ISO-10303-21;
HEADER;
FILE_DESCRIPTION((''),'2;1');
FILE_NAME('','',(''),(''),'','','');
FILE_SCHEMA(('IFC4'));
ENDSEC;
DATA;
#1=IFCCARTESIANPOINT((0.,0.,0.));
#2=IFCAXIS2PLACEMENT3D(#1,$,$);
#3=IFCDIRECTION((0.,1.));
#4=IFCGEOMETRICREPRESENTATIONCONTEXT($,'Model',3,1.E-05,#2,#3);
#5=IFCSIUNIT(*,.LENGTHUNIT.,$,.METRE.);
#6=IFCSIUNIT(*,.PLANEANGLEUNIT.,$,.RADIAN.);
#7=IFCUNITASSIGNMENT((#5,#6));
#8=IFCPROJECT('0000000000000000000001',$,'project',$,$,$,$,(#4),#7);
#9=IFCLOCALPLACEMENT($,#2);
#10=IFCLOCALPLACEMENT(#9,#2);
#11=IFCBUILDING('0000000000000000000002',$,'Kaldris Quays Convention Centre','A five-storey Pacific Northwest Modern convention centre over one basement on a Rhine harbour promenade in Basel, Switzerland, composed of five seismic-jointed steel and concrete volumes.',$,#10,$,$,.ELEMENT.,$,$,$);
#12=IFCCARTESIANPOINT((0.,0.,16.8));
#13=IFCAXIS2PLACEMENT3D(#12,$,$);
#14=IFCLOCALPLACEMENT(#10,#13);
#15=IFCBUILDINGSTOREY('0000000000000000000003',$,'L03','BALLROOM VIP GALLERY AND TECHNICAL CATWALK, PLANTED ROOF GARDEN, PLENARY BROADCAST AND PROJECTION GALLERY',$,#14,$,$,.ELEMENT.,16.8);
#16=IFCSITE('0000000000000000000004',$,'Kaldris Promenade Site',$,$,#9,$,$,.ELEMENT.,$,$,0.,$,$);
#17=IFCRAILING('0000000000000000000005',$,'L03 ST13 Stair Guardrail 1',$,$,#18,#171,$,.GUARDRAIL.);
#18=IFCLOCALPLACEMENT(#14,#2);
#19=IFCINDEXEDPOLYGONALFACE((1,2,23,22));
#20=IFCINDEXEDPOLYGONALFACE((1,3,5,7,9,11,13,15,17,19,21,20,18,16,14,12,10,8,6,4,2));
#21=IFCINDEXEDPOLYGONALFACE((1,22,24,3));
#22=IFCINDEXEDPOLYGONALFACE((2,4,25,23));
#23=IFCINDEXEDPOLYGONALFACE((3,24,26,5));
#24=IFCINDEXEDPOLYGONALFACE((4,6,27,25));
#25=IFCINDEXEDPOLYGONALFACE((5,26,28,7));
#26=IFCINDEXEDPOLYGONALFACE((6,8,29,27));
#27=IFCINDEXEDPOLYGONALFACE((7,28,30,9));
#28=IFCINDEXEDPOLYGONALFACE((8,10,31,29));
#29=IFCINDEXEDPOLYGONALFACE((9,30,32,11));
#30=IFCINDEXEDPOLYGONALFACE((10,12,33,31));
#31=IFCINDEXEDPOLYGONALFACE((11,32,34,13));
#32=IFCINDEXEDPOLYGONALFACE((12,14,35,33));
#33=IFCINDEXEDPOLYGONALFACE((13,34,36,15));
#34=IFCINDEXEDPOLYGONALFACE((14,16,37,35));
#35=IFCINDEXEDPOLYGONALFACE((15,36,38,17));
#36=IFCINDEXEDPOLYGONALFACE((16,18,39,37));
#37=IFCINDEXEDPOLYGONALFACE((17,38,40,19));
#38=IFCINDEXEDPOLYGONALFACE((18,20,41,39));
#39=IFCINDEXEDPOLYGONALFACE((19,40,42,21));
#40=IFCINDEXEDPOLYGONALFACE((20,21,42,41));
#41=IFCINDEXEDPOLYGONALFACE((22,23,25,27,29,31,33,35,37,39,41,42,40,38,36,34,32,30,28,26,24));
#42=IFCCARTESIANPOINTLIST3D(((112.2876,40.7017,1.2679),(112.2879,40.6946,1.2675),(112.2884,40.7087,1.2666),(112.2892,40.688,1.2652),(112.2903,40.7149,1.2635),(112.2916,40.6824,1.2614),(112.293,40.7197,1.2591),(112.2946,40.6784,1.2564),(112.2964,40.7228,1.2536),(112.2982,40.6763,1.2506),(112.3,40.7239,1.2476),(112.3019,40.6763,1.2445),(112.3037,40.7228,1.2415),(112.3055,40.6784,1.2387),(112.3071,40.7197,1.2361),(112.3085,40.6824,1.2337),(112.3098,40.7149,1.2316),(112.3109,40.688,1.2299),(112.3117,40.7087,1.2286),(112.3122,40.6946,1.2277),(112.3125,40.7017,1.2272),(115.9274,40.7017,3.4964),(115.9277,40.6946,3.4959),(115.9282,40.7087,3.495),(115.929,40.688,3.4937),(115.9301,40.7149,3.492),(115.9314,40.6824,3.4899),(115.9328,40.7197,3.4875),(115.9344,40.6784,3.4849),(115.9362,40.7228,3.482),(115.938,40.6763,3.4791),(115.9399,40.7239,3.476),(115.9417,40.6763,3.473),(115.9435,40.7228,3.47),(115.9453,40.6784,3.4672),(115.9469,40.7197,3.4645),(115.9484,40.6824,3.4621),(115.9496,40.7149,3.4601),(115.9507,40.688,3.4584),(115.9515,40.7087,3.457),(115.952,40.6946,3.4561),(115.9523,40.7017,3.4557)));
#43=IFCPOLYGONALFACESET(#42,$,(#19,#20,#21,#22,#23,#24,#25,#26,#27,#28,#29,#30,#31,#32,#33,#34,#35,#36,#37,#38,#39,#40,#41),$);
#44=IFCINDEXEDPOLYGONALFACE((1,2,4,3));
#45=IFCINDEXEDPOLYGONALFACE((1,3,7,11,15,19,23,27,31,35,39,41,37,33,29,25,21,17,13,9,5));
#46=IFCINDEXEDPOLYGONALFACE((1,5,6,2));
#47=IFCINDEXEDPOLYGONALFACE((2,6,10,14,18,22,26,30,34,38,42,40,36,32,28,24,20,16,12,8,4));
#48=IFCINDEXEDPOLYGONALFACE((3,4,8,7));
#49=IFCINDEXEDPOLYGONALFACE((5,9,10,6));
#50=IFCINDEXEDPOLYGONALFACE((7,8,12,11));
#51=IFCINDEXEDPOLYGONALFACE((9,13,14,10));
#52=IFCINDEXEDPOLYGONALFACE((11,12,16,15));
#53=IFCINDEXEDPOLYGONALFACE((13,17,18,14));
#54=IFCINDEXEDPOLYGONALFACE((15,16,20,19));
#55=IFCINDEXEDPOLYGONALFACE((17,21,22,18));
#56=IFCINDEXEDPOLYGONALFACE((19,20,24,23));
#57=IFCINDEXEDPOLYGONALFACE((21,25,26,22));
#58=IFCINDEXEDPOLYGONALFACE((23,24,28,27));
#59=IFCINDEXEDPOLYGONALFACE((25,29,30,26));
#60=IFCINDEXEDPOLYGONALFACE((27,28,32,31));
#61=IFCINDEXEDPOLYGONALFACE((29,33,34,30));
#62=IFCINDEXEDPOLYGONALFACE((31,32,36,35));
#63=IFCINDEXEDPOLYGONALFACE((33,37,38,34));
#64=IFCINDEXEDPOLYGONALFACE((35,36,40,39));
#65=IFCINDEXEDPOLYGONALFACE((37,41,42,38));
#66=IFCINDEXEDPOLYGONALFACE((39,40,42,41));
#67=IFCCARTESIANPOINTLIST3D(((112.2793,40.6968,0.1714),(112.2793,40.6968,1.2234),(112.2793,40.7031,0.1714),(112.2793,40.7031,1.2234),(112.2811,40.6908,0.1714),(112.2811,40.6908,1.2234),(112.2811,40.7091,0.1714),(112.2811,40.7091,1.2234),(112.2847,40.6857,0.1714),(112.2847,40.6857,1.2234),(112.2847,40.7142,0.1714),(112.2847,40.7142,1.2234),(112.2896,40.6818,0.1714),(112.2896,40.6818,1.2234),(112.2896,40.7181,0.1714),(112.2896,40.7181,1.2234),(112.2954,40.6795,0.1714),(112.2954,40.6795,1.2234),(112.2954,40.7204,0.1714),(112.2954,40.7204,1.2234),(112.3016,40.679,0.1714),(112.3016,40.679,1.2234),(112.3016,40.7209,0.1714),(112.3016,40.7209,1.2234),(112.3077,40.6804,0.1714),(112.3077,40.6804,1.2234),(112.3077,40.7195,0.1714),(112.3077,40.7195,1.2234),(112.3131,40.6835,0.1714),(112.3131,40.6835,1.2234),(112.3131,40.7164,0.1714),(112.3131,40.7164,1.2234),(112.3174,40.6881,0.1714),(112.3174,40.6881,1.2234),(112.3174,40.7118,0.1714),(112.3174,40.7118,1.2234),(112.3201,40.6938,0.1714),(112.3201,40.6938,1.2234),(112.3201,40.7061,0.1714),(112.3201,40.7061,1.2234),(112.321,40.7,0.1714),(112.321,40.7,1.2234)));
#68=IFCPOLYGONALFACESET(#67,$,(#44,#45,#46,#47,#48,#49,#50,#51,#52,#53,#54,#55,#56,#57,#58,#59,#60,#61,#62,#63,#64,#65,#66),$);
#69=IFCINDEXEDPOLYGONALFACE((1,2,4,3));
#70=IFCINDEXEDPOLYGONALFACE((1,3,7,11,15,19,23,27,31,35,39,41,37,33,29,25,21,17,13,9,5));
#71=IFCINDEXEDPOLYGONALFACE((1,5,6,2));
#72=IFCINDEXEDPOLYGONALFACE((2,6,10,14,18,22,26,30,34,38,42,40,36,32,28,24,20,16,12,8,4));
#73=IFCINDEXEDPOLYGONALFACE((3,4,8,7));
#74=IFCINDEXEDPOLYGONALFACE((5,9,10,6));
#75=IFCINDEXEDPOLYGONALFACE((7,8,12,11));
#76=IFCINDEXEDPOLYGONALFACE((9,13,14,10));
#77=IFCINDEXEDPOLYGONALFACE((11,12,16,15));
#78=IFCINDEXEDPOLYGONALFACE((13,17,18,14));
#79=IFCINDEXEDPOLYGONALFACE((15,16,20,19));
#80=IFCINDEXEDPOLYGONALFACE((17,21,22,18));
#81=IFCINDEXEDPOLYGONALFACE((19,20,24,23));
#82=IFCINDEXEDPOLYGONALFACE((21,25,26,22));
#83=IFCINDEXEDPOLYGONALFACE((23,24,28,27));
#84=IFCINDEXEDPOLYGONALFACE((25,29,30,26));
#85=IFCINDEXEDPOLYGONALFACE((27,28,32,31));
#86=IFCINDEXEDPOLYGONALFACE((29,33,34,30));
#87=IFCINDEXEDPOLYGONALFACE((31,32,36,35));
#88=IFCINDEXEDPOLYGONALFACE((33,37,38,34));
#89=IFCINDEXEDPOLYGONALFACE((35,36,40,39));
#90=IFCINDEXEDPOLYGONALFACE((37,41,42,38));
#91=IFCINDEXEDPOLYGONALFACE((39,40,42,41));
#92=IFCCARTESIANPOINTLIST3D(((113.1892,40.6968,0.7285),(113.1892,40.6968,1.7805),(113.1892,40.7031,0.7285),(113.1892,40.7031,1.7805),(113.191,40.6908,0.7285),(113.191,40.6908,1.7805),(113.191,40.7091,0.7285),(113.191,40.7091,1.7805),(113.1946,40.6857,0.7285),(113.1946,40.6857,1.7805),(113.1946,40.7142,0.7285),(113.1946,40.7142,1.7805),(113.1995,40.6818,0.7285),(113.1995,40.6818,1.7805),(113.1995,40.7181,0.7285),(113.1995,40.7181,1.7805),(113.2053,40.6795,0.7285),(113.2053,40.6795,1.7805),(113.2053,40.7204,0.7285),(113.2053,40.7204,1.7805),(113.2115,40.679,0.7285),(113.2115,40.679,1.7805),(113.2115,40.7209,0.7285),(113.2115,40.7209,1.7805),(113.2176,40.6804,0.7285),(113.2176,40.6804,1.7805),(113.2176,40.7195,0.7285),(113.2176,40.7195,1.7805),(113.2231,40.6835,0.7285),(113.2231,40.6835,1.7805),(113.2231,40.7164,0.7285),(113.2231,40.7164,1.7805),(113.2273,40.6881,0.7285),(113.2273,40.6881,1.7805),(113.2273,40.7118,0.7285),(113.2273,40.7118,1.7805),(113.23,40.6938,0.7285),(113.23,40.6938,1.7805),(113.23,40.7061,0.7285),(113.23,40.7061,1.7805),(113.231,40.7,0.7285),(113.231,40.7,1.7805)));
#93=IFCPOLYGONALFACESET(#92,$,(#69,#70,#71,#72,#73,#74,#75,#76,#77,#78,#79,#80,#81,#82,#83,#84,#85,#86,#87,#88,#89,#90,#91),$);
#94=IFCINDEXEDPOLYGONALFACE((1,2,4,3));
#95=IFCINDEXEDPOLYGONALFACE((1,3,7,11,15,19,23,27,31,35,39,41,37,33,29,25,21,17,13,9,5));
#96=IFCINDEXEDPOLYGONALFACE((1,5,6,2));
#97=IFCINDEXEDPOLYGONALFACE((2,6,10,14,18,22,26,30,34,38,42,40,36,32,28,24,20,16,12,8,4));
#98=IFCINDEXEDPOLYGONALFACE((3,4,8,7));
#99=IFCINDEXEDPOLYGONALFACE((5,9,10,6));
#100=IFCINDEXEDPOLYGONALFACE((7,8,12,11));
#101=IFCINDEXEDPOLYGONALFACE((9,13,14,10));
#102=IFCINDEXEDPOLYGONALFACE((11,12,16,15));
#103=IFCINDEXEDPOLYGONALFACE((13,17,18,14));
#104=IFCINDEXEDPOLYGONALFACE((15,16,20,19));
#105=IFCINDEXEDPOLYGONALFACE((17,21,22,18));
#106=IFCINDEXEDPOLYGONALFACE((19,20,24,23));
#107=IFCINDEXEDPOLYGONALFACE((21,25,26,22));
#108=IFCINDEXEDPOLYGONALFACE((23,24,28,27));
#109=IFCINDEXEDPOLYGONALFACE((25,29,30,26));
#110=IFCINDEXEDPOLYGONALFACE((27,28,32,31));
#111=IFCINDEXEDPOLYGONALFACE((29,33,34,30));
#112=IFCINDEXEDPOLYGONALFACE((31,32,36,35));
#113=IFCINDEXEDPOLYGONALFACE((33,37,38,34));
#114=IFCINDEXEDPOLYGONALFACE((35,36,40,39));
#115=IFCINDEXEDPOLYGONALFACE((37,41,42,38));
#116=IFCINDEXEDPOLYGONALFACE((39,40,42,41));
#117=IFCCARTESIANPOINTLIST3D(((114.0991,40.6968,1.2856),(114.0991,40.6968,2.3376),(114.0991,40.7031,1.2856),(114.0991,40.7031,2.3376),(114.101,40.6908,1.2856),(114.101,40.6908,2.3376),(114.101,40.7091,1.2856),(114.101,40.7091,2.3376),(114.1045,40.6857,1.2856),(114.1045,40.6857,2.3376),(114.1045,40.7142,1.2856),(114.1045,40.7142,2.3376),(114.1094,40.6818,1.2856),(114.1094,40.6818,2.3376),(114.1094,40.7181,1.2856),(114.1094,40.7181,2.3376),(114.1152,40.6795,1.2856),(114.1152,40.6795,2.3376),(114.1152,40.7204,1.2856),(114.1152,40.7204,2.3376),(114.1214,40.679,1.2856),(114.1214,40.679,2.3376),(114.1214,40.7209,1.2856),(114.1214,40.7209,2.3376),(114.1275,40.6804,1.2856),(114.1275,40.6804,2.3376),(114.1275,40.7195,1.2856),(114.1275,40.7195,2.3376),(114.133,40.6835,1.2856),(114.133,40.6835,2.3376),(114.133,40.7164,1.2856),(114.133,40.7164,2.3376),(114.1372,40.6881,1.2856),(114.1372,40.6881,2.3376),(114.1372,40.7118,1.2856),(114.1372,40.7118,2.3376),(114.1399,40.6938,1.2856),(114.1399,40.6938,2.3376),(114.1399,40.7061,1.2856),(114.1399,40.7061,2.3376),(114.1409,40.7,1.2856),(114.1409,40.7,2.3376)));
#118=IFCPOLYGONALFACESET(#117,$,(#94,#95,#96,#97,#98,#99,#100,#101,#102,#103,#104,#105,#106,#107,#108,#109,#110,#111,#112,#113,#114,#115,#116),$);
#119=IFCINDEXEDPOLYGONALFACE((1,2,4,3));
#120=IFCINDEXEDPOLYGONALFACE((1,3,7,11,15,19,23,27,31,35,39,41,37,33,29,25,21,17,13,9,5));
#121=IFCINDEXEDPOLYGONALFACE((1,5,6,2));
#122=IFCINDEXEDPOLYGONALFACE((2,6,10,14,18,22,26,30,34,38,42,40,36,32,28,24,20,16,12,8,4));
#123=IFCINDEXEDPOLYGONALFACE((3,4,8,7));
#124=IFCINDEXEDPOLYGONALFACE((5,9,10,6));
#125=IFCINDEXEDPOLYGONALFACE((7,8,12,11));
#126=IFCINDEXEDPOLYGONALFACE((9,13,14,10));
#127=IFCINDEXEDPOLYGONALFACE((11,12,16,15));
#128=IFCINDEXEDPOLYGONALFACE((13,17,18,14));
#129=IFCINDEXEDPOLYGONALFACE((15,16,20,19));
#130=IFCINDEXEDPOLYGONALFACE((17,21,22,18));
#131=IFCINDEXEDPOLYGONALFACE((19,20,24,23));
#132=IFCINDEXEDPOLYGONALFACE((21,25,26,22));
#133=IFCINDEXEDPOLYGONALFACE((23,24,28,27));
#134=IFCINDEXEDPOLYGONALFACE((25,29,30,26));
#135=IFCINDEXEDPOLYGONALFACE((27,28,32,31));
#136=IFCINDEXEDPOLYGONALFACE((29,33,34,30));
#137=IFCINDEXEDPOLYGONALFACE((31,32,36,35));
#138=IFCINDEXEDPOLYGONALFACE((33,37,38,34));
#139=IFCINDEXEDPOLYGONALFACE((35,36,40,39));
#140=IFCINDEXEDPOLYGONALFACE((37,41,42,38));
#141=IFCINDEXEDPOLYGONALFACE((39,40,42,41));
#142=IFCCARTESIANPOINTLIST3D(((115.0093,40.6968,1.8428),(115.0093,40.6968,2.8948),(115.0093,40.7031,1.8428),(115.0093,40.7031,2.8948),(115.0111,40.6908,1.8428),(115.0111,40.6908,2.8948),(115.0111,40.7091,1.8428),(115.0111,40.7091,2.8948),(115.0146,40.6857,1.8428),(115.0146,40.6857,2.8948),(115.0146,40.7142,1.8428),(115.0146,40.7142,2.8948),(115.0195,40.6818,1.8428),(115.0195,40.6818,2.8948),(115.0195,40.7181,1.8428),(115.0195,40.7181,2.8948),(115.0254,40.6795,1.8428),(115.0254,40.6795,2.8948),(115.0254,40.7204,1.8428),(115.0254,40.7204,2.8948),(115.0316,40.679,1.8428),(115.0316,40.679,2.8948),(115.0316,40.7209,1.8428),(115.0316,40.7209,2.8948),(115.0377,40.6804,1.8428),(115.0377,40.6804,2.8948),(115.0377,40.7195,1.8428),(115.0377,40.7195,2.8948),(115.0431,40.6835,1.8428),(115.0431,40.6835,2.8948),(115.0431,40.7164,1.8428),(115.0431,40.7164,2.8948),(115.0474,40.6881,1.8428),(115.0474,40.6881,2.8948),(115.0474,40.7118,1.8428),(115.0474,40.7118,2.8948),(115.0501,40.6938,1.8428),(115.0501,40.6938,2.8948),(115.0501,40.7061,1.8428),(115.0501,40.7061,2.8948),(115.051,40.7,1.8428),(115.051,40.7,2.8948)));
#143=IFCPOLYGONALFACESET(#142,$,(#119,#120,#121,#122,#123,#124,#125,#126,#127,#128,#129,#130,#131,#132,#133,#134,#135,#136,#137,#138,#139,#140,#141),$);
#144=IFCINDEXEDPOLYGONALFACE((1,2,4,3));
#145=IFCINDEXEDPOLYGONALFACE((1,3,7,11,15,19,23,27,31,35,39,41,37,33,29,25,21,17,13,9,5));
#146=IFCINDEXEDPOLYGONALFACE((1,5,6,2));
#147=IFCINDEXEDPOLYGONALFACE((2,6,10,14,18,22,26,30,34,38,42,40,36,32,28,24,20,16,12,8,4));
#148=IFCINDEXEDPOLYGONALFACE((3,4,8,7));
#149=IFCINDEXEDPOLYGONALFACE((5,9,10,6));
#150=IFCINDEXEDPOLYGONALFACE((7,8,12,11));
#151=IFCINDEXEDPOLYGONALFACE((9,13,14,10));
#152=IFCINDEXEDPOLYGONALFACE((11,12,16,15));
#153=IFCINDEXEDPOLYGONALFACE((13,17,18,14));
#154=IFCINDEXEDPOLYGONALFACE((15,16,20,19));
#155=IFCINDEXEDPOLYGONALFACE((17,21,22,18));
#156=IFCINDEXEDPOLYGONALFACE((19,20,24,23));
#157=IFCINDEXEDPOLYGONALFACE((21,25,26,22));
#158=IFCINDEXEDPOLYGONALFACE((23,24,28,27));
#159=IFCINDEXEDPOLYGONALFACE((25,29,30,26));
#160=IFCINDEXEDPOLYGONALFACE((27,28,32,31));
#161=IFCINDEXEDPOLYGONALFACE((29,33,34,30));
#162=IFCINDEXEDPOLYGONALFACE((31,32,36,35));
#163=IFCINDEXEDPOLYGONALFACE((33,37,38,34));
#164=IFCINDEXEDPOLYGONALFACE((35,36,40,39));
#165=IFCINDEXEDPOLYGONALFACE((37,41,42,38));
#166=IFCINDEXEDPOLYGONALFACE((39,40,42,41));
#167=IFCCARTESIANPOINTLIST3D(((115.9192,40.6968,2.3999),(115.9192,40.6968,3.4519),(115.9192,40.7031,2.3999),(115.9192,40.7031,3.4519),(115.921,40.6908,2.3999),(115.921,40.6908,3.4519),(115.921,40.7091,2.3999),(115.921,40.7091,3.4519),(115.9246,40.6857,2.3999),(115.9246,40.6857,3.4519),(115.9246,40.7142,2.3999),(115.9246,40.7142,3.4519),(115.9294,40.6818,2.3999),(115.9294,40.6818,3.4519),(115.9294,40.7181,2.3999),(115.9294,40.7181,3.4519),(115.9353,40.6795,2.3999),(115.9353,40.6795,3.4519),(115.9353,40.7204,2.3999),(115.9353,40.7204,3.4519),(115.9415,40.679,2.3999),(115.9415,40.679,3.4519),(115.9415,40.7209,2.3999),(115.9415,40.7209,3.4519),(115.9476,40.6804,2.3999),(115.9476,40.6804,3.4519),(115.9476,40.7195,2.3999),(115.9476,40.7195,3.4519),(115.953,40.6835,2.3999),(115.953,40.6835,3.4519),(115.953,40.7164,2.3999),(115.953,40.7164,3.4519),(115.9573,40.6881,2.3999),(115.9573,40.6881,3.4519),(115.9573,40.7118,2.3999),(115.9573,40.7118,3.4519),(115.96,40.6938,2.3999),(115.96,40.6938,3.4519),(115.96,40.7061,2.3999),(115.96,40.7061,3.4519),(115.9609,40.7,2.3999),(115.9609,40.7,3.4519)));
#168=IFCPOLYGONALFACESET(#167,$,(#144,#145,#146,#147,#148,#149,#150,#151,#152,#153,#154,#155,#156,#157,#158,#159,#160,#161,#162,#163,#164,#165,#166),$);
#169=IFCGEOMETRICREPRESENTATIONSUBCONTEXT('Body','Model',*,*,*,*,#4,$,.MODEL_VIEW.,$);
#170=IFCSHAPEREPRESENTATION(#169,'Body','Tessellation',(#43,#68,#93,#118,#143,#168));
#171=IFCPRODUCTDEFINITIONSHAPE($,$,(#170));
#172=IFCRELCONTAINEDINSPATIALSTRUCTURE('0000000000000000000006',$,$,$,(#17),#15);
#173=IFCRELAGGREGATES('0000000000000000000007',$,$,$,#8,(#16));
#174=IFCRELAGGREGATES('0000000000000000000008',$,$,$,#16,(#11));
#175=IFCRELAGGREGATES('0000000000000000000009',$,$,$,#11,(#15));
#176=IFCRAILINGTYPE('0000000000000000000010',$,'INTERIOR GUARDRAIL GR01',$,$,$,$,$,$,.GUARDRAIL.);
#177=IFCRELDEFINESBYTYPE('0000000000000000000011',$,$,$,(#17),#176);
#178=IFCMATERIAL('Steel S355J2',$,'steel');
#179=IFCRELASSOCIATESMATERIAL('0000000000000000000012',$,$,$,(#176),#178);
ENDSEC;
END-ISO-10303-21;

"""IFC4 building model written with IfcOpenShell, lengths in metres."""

from ifc_helpers import new_model, si_unit, direction, frame, origin, origin_2d, place, context, subcontext, project, spatial, circle, extrude, material, type_object, element, save


model = new_model("IFC4")

# Units and contexts
model_context = context("Model", 3, precision=1e-05, world=origin(), true_north=direction((0.0, 1.0)))
body_context = subcontext(model_context, "Body", "Model", "MODEL_VIEW")
ifc_project = project(units=[si_unit("LENGTHUNIT", "METRE"), si_unit("PLANEANGLEUNIT", "RADIAN")], contexts=[model_context])

# Site, building, storey
site_placement = place(None, origin())
site = spatial("IfcSite", under=ifc_project, at=site_placement, Name="Kaldris Promenade Site", CompositionType="ELEMENT", RefElevation=0.0)
building_placement = place(site_placement, origin())
building = spatial("IfcBuilding", under=site, at=building_placement, Name="Kaldris Quays Convention Centre", Description="A five-storey Pacific Northwest Modern convention centre over one basement on a Rhine harbour promenade in Basel, Switzerland, composed of five seismic-jointed steel and concrete volumes.", CompositionType="ELEMENT")
storey_placement = place(building_placement, frame((0.0, 0.0, 16.8)))
storey = spatial("IfcBuildingStorey", under=building, at=storey_placement, Name="L03", Description="BALLROOM VIP GALLERY AND TECHNICAL CATWALK, PLANTED ROOF GARDEN, PLENARY BROADCAST AND PROJECTION GALLERY", CompositionType="ELEMENT", Elevation=16.8)

# Railing
ifc_material_1 = material(Name="Steel S355J2", Category="steel")
railing_type_1 = type_object("IfcRailingType", Name="INTERIOR GUARDRAIL GR01", PredefinedType="GUARDRAIL", material=ifc_material_1)
railing_1_placement = place(storey_placement, frame((112.3, 40.7, 0.1714)))
element("IfcRailing", 1, at=railing_1_placement, inside=storey, type_object=railing_type_1, Name="L03 ST13 Stair Guardrail 1", PredefinedType="GUARDRAIL", context=body_context, shape_type="SweptSolid", body=[
    extrude(circle(Radius=0.0239, at=origin_2d()), frame((0.0, 0.0, 1.0762), z_axis=(0.85285, 0.0, 0.522156), x_axis=(0.0, 1.0, 0.0)), (0.0, 0.0, 1.0), 4.2678),
    extrude(circle(Radius=0.021, at=origin_2d()), origin(), (0.0, 0.0, 1.0), 1.052),
    extrude(circle(Radius=0.021, at=origin_2d()), frame((0.9099, 0.0, 0.5571)), (0.0, 0.0, 1.0), 1.052),
    extrude(circle(Radius=0.021, at=origin_2d()), frame((1.8198, 0.0, 1.1143)), (0.0, 0.0, 1.0), 1.052),
    extrude(circle(Radius=0.021, at=origin_2d()), frame((2.73, 0.0, 1.6714)), (0.0, 0.0, 1.0), 1.052),
    extrude(circle(Radius=0.021, at=origin_2d()), frame((3.6399, 0.0, 2.2285)), (0.0, 0.0, 1.0), 1.052),
])

save(model, "model.ifc")
